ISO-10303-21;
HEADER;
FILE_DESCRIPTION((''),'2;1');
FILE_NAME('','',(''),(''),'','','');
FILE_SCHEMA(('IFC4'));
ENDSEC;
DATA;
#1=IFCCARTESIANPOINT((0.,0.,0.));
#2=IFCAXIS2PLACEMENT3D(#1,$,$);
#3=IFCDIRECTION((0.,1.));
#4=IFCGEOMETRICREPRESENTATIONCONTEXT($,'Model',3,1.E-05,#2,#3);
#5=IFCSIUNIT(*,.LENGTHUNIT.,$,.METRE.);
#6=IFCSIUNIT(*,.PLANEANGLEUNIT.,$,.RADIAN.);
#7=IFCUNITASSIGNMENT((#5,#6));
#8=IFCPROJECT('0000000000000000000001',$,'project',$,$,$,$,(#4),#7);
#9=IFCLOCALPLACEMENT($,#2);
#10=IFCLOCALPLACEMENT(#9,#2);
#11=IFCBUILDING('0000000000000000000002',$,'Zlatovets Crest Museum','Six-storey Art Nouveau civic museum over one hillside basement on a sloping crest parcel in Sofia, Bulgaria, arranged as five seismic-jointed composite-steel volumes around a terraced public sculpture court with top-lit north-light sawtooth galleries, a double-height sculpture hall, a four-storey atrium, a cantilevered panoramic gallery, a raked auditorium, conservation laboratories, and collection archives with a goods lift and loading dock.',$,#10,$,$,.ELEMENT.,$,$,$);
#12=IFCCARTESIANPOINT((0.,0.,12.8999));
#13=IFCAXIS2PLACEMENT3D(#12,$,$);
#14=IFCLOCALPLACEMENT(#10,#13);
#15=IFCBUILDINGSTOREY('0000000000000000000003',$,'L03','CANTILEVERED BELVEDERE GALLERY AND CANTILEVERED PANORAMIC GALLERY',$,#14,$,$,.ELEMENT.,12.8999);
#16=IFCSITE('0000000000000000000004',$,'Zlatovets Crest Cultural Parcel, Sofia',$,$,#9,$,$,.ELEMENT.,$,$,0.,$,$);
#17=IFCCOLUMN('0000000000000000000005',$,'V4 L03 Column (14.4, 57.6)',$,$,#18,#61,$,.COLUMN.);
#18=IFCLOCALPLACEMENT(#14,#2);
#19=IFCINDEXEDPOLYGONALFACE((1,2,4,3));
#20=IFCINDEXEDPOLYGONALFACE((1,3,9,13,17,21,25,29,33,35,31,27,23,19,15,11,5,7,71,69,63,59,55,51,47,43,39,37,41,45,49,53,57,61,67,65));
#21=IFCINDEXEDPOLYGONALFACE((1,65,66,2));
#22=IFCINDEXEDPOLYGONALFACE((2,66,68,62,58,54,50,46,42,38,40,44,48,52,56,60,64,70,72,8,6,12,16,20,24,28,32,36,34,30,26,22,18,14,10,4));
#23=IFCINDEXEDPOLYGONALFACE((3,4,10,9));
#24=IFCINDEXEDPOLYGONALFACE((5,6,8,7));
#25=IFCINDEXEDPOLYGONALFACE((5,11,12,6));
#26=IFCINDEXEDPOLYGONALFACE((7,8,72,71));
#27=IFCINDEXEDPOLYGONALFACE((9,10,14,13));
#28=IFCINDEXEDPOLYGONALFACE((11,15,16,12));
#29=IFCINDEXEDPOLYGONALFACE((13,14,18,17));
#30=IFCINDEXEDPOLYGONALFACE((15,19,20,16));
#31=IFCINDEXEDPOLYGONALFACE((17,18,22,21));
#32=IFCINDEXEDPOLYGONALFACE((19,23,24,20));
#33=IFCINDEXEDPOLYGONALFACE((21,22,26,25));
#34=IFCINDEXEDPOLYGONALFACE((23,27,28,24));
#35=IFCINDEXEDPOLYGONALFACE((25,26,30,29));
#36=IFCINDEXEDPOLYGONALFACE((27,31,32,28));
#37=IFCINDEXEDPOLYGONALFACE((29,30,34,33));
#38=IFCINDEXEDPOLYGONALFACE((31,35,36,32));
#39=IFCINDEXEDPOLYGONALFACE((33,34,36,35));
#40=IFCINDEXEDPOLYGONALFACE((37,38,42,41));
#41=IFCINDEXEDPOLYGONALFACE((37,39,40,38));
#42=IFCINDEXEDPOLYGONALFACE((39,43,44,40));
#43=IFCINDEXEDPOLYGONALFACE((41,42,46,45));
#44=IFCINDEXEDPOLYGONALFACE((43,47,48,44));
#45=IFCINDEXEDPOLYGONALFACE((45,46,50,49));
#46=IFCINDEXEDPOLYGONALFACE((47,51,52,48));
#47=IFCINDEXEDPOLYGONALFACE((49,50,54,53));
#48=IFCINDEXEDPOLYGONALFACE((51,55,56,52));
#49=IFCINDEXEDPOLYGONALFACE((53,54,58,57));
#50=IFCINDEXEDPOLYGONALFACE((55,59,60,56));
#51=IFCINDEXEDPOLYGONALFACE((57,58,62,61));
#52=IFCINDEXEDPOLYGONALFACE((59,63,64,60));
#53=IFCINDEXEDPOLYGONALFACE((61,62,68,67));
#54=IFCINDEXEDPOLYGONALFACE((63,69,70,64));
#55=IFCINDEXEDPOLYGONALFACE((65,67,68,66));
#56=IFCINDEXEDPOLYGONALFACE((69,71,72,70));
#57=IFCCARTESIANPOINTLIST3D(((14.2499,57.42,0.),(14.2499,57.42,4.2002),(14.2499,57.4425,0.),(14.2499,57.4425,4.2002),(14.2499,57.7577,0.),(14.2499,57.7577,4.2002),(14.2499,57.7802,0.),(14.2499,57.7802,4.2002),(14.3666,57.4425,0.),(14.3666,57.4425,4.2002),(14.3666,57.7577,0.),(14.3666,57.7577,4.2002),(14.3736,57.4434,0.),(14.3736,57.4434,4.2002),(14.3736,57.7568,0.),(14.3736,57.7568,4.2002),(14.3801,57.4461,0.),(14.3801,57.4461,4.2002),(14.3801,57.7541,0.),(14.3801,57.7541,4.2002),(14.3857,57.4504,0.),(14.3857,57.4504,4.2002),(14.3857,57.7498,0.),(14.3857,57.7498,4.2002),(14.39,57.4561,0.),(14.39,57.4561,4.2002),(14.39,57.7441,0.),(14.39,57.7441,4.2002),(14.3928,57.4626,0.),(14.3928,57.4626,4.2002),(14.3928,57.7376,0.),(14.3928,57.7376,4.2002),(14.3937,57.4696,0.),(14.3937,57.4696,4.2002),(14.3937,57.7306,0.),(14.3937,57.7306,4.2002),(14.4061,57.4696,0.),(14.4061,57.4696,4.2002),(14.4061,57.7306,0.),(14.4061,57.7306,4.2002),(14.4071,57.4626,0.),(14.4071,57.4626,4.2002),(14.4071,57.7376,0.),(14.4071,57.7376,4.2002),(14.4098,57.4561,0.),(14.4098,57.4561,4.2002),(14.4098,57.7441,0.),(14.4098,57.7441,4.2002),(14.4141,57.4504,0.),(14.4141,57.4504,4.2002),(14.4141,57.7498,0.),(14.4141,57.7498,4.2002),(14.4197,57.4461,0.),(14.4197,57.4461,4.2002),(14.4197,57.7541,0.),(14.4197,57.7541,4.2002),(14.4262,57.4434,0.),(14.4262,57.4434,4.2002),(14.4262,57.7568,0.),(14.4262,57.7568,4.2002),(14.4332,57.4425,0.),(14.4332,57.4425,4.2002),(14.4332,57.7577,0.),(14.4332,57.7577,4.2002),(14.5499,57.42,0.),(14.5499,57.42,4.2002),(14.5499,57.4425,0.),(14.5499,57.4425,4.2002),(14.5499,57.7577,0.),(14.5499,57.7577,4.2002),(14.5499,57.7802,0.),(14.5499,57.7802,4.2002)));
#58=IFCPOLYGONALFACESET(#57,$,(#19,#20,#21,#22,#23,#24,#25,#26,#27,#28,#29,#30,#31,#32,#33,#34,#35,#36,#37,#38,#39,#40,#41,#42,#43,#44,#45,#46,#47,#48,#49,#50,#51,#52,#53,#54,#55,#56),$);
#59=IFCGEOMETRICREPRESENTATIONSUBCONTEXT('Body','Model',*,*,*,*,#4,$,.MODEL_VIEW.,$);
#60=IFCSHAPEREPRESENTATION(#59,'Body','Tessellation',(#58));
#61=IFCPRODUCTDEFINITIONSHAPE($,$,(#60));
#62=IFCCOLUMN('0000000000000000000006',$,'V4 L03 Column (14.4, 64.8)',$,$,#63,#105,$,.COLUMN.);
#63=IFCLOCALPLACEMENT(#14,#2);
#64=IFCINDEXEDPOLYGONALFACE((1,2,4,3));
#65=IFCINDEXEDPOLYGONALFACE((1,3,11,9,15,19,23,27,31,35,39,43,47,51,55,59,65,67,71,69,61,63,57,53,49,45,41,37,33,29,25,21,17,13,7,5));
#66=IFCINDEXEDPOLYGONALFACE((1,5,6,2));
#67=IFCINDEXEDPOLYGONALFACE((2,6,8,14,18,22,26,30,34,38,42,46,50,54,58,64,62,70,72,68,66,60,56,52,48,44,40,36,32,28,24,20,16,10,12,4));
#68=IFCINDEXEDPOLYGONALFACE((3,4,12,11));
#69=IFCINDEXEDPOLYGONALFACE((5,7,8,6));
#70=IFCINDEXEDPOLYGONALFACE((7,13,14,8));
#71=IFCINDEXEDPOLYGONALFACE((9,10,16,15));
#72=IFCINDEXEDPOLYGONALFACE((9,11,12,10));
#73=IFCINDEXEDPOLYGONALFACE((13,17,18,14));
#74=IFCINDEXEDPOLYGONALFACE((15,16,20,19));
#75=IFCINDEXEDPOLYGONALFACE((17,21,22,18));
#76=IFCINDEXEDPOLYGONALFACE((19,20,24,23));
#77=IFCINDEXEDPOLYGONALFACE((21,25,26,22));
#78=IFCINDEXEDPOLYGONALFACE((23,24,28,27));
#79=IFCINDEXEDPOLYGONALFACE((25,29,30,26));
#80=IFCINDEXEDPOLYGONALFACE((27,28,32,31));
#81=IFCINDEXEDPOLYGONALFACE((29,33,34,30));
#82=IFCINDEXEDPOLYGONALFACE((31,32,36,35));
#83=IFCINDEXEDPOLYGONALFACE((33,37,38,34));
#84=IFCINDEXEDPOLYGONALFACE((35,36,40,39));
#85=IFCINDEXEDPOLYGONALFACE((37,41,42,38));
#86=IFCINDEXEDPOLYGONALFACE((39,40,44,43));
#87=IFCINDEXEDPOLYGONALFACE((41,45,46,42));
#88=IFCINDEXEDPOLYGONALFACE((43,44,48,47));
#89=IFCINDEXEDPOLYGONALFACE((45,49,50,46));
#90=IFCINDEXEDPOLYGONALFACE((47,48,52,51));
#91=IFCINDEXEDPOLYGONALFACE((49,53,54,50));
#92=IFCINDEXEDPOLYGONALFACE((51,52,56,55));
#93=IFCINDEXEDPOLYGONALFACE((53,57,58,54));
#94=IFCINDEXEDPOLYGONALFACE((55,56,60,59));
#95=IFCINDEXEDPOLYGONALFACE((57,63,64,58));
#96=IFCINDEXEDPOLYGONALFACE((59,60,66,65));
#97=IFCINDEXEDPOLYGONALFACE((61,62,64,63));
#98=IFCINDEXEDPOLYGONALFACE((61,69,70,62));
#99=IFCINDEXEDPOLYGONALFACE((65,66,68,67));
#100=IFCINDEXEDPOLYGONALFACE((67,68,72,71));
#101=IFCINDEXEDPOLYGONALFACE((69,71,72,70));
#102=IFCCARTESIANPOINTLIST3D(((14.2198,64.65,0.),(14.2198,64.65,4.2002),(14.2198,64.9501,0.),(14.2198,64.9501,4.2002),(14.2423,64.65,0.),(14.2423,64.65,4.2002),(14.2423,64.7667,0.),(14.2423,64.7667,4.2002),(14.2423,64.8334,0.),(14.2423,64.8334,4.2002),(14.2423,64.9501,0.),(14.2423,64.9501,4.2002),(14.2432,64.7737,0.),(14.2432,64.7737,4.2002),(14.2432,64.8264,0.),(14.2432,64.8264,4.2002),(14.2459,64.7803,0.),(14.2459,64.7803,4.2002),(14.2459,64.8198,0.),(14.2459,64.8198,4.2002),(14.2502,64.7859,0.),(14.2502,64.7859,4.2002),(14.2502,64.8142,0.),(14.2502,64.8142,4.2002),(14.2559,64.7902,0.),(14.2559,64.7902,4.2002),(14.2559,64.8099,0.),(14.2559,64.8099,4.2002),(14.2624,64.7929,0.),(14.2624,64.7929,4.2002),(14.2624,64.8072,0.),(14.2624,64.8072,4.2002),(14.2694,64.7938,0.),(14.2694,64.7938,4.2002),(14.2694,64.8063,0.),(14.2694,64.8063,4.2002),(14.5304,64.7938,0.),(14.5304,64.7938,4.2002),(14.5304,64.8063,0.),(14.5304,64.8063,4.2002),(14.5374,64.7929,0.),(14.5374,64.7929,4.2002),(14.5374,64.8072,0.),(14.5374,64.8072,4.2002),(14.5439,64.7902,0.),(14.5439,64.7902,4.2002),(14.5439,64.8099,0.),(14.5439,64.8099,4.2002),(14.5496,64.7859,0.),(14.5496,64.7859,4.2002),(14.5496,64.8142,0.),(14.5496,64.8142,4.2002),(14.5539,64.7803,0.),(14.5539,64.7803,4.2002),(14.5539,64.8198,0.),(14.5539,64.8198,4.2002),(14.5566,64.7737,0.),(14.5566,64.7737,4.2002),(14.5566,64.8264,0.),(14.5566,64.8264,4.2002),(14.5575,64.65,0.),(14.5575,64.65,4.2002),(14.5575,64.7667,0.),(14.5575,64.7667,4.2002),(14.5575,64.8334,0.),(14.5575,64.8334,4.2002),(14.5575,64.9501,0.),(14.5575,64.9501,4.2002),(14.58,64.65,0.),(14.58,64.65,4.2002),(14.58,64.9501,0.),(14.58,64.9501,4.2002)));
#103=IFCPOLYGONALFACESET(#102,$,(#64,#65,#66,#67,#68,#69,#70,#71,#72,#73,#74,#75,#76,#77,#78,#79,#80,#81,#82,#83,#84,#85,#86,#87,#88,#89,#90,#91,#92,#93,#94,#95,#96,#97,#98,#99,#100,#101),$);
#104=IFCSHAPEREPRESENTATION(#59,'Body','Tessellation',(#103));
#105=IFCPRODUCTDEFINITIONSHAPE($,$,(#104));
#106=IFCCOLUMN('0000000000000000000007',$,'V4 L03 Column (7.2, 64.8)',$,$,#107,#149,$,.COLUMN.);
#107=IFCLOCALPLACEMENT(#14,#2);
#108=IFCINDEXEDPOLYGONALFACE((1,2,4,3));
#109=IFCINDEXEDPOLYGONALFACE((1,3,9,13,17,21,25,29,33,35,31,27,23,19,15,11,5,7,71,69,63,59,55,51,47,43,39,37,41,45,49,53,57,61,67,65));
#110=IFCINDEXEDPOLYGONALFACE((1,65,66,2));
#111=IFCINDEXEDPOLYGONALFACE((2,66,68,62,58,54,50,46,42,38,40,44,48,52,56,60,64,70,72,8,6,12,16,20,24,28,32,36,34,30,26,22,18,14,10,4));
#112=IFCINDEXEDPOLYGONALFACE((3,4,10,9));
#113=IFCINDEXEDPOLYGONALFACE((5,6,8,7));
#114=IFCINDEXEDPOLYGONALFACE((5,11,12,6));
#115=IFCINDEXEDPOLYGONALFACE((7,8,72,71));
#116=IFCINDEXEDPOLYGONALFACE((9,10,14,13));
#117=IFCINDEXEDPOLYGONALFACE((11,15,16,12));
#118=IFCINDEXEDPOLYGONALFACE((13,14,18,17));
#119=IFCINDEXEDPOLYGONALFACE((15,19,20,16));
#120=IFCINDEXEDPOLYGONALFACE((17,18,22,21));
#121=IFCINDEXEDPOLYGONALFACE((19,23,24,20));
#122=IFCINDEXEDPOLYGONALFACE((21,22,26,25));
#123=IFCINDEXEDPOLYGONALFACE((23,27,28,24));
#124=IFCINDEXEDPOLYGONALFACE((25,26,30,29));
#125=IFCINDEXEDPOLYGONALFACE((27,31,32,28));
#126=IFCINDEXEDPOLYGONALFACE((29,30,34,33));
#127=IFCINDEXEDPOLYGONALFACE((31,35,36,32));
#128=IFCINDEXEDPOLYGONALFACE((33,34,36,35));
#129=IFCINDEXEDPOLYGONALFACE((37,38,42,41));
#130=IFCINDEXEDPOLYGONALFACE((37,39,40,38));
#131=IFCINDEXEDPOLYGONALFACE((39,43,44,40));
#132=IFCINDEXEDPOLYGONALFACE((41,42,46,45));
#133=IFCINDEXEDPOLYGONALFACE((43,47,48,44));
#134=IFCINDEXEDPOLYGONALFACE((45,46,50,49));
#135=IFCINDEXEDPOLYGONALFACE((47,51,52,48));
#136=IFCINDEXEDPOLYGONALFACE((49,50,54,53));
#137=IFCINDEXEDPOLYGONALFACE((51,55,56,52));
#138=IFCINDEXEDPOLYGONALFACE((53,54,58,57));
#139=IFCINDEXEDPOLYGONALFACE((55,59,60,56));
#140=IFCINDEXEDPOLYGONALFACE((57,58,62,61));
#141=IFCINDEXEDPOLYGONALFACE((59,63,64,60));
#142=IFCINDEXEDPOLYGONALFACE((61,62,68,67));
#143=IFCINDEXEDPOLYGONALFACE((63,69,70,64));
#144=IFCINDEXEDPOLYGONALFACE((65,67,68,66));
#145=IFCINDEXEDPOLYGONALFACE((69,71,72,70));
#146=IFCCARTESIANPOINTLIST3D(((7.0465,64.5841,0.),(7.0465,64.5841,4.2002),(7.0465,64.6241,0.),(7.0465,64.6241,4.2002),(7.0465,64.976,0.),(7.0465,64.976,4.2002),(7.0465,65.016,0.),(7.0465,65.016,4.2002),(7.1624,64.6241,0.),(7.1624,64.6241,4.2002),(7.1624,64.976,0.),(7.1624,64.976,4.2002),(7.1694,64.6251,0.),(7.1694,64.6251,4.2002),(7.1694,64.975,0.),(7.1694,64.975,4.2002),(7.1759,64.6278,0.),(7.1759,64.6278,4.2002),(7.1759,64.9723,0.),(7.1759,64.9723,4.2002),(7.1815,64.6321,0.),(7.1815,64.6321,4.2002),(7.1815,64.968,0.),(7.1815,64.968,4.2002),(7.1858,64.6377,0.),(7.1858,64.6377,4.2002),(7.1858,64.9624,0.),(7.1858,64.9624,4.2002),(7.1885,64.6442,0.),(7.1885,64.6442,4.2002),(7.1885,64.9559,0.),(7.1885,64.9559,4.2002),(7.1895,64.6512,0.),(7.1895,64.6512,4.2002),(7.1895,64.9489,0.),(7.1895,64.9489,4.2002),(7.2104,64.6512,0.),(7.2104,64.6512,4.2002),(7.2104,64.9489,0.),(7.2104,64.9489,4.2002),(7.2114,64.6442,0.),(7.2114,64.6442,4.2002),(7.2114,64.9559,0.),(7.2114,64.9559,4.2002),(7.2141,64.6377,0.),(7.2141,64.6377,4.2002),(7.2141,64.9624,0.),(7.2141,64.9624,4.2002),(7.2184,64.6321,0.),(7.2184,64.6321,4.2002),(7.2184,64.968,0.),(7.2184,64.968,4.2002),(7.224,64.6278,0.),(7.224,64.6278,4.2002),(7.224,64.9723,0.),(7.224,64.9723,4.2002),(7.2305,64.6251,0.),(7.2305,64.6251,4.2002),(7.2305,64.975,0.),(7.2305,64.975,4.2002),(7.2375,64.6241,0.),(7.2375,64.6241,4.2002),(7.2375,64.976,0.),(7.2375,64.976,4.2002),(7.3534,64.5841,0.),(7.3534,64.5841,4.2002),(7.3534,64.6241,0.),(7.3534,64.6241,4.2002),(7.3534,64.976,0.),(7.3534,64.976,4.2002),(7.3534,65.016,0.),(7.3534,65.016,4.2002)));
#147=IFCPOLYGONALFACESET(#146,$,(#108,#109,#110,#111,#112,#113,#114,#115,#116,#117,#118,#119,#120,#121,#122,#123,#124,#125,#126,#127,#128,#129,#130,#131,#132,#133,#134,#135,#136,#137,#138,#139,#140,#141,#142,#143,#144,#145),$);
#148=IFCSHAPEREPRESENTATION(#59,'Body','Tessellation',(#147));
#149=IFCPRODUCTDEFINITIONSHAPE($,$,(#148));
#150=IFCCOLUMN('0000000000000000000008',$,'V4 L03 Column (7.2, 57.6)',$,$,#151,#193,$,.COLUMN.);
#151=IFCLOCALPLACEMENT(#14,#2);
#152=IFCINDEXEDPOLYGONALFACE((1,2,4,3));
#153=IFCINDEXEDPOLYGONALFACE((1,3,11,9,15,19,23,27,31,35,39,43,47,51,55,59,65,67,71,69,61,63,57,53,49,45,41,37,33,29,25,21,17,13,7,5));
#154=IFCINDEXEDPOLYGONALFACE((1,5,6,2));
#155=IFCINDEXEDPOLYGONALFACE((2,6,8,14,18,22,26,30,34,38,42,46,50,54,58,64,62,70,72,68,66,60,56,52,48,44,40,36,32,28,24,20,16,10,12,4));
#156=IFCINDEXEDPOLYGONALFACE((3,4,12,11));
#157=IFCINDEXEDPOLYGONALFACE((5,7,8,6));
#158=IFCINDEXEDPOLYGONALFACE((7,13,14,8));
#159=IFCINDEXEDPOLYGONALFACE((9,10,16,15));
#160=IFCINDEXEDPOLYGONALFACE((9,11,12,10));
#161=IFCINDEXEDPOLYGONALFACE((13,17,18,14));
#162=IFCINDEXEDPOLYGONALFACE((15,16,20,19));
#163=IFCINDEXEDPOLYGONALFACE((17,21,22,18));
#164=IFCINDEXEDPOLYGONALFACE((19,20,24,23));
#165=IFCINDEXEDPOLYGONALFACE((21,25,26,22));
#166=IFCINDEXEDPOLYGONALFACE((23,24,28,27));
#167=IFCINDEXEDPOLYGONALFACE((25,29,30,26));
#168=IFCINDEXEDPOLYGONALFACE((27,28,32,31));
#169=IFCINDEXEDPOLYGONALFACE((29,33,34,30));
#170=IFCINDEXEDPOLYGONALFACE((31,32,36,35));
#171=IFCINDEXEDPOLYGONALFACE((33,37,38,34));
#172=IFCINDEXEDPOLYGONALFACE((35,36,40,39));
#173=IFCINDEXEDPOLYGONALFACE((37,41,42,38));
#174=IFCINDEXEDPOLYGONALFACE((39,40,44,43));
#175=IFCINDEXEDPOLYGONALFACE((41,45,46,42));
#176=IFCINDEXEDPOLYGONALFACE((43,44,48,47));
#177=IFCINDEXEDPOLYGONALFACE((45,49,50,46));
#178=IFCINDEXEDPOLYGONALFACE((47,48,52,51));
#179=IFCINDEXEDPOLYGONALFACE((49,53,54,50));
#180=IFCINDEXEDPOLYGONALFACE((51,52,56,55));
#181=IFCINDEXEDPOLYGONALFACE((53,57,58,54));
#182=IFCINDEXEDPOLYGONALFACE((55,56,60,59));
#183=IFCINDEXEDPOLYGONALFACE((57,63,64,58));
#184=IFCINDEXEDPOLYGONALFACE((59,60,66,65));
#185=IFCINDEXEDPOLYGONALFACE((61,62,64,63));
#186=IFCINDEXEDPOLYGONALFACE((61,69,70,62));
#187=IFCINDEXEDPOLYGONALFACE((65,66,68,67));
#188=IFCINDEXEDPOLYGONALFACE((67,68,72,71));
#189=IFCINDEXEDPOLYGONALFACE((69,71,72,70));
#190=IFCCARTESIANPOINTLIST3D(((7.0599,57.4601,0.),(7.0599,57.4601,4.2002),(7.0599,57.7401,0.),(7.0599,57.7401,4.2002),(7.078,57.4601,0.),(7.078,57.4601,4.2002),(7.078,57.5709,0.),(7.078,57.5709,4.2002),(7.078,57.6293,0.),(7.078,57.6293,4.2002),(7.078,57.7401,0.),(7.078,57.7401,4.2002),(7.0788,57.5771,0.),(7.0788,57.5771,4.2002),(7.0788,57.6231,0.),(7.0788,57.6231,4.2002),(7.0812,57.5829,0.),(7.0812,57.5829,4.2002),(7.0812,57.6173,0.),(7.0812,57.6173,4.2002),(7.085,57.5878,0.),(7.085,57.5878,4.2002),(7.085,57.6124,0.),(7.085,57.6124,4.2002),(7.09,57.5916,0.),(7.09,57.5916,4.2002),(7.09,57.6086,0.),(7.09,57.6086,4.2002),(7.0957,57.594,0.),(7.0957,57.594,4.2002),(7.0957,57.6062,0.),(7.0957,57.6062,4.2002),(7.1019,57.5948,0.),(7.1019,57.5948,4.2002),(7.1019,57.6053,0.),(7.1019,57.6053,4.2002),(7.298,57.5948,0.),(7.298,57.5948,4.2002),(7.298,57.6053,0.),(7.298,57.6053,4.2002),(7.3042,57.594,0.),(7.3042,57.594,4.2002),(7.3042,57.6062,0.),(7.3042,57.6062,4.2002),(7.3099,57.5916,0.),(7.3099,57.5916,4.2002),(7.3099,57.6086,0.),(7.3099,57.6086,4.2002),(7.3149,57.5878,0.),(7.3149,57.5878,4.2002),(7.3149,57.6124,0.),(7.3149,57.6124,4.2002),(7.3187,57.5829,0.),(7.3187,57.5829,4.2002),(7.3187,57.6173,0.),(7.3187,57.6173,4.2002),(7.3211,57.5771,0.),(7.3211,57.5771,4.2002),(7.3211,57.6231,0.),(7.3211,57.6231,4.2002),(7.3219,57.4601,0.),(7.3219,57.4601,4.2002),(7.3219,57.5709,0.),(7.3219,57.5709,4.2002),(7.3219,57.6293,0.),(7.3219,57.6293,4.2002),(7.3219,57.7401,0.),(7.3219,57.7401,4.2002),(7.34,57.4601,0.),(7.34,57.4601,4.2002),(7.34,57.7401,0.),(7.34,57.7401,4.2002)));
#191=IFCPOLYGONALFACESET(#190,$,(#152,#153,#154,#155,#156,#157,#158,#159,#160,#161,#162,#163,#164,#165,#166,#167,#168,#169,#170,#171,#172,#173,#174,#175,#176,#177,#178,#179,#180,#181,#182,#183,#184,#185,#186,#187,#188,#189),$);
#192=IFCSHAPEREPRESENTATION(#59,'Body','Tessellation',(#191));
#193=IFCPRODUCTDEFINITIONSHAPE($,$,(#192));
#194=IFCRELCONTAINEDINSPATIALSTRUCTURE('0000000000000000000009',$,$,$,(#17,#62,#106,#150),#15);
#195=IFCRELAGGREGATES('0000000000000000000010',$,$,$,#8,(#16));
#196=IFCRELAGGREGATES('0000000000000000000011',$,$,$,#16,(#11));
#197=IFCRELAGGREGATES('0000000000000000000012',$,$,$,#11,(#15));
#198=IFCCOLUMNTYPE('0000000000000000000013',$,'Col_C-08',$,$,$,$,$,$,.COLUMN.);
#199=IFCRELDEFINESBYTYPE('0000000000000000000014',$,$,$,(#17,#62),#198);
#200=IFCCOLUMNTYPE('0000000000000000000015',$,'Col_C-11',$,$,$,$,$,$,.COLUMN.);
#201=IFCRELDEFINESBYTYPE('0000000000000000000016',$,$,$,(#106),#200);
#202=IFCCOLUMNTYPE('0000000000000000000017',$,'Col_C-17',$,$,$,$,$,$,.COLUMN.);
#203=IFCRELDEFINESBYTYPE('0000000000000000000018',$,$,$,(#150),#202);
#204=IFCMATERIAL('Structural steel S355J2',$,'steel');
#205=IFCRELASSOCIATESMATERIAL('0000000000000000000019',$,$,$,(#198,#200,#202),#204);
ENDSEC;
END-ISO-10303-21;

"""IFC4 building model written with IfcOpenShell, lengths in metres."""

from ifc_helpers import new_model, si_unit, direction, frame, origin, origin_2d, place, context, subcontext, project, spatial, i_section, extrude, material, material_profile, profile_set, type_object, element, save


model = new_model("IFC4")

# Units and contexts
model_context = context("Model", 3, precision=1e-05, world=origin(), true_north=direction((0.0, 1.0)))
body_context = subcontext(model_context, "Body", "Model", "MODEL_VIEW")
ifc_project = project(units=[si_unit("LENGTHUNIT", "METRE"), si_unit("PLANEANGLEUNIT", "RADIAN")], contexts=[model_context])

# Site, building, storey
site_placement = place(None, origin())
site = spatial("IfcSite", under=ifc_project, at=site_placement, Name="Zlatovets Crest Cultural Parcel, Sofia", CompositionType="ELEMENT", RefElevation=0.0)
building_placement = place(site_placement, origin())
building = spatial("IfcBuilding", under=site, at=building_placement, Name="Zlatovets Crest Museum", Description="Six-storey Art Nouveau civic museum over one hillside basement on a sloping crest parcel in Sofia, Bulgaria, arranged as five seismic-jointed composite-steel volumes around a terraced public sculpture court with top-lit north-light sawtooth galleries, a double-height sculpture hall, a four-storey atrium, a cantilevered panoramic gallery, a raked auditorium, conservation laboratories, and collection archives with a goods lift and loading dock.", CompositionType="ELEMENT")
storey_placement = place(building_placement, frame((0.0, 0.0, 12.8999)))
storey = spatial("IfcBuildingStorey", under=building, at=storey_placement, Name="L03", Description="CANTILEVERED BELVEDERE GALLERY AND CANTILEVERED PANORAMIC GALLERY", CompositionType="ELEMENT", Elevation=12.8999)

# Columns
ifc_material_1 = material(Name="Structural steel S355J2", Category="steel")
ifc_material_profile_1 = material_profile(ifc_material_1, i_section(OverallWidth=0.3, OverallDepth=0.3601, WebThickness=0.0125, FlangeThickness=0.0225, FilletRadius=0.0271, at=origin_2d()), Name="HEB 360")
ifc_profile_set_1 = profile_set([ifc_material_profile_1], Name="Structural steel S355J2")
column_type_1 = type_object("IfcColumnType", Name="Col_C-08", PredefinedType="COLUMN", material=ifc_profile_set_1)
for number, where, z_axis, x_axis, name in (
    (1, (14.3999, 57.6001, 0.0), (0.0, 0.0, 1.0), (1.0, 0.0, 0.0), "V4 L03 Column (14.4, 57.6)"),
    (2, (14.3999, 64.8, 0.0), (0.0, 0.0, 1.0), (0.0, 1.0, 0.0), "V4 L03 Column (14.4, 64.8)"),
):
    element("IfcColumn", number, at=place(storey_placement, frame(where, z_axis=z_axis, x_axis=x_axis)), inside=storey, type_object=column_type_1, Name=name, PredefinedType="COLUMN", context=body_context, shape_type="SweptSolid", body=[
        extrude(i_section(OverallWidth=0.3, OverallDepth=0.3601, WebThickness=0.0125, FlangeThickness=0.0225, FilletRadius=0.0271, at=origin_2d()), origin(), (0.0, 0.0, 1.0), 4.2002),
    ])
ifc_material_profile_2 = material_profile(ifc_material_1, i_section(OverallWidth=0.3069, OverallDepth=0.4319, WebThickness=0.021, FlangeThickness=0.04, FilletRadius=0.0271, at=origin_2d()), Name="HEM 400")
ifc_profile_set_2 = profile_set([ifc_material_profile_2], Name="Structural steel S355J2")
column_type_2 = type_object("IfcColumnType", Name="Col_C-11", PredefinedType="COLUMN", material=ifc_profile_set_2)
column_1_placement = place(storey_placement, frame((7.2, 64.8, 0.0), z_axis=(0.0, 0.0, 1.0), x_axis=(1.0, 0.0, 0.0)))
element("IfcColumn", 3, at=column_1_placement, inside=storey, type_object=column_type_2, Name="V4 L03 Column (7.2, 64.8)", PredefinedType="COLUMN", context=body_context, shape_type="SweptSolid", body=[
    extrude(i_section(OverallWidth=0.3069, OverallDepth=0.4319, WebThickness=0.021, FlangeThickness=0.04, FilletRadius=0.0271, at=origin_2d()), origin(), (0.0, 0.0, 1.0), 4.2002),
])
ifc_material_profile_3 = material_profile(ifc_material_1, i_section(OverallWidth=0.28, OverallDepth=0.28, WebThickness=0.0105, FlangeThickness=0.0181, FilletRadius=0.0239, at=origin_2d()), Name="HEB 280")
ifc_profile_set_3 = profile_set([ifc_material_profile_3], Name="Structural steel S355J2")
column_type_3 = type_object("IfcColumnType", Name="Col_C-17", PredefinedType="COLUMN", material=ifc_profile_set_3)
column_2_placement = place(storey_placement, frame((7.2, 57.6001, 0.0), z_axis=(0.0, 0.0, 1.0), x_axis=(0.0, 1.0, 0.0)))
element("IfcColumn", 4, at=column_2_placement, inside=storey, type_object=column_type_3, Name="V4 L03 Column (7.2, 57.6)", PredefinedType="COLUMN", context=body_context, shape_type="SweptSolid", body=[
    extrude(i_section(OverallWidth=0.28, OverallDepth=0.28, WebThickness=0.0105, FlangeThickness=0.0181, FilletRadius=0.0239, at=origin_2d()), origin(), (0.0, 0.0, 1.0), 4.2002),
])

save(model, "model.ifc")
